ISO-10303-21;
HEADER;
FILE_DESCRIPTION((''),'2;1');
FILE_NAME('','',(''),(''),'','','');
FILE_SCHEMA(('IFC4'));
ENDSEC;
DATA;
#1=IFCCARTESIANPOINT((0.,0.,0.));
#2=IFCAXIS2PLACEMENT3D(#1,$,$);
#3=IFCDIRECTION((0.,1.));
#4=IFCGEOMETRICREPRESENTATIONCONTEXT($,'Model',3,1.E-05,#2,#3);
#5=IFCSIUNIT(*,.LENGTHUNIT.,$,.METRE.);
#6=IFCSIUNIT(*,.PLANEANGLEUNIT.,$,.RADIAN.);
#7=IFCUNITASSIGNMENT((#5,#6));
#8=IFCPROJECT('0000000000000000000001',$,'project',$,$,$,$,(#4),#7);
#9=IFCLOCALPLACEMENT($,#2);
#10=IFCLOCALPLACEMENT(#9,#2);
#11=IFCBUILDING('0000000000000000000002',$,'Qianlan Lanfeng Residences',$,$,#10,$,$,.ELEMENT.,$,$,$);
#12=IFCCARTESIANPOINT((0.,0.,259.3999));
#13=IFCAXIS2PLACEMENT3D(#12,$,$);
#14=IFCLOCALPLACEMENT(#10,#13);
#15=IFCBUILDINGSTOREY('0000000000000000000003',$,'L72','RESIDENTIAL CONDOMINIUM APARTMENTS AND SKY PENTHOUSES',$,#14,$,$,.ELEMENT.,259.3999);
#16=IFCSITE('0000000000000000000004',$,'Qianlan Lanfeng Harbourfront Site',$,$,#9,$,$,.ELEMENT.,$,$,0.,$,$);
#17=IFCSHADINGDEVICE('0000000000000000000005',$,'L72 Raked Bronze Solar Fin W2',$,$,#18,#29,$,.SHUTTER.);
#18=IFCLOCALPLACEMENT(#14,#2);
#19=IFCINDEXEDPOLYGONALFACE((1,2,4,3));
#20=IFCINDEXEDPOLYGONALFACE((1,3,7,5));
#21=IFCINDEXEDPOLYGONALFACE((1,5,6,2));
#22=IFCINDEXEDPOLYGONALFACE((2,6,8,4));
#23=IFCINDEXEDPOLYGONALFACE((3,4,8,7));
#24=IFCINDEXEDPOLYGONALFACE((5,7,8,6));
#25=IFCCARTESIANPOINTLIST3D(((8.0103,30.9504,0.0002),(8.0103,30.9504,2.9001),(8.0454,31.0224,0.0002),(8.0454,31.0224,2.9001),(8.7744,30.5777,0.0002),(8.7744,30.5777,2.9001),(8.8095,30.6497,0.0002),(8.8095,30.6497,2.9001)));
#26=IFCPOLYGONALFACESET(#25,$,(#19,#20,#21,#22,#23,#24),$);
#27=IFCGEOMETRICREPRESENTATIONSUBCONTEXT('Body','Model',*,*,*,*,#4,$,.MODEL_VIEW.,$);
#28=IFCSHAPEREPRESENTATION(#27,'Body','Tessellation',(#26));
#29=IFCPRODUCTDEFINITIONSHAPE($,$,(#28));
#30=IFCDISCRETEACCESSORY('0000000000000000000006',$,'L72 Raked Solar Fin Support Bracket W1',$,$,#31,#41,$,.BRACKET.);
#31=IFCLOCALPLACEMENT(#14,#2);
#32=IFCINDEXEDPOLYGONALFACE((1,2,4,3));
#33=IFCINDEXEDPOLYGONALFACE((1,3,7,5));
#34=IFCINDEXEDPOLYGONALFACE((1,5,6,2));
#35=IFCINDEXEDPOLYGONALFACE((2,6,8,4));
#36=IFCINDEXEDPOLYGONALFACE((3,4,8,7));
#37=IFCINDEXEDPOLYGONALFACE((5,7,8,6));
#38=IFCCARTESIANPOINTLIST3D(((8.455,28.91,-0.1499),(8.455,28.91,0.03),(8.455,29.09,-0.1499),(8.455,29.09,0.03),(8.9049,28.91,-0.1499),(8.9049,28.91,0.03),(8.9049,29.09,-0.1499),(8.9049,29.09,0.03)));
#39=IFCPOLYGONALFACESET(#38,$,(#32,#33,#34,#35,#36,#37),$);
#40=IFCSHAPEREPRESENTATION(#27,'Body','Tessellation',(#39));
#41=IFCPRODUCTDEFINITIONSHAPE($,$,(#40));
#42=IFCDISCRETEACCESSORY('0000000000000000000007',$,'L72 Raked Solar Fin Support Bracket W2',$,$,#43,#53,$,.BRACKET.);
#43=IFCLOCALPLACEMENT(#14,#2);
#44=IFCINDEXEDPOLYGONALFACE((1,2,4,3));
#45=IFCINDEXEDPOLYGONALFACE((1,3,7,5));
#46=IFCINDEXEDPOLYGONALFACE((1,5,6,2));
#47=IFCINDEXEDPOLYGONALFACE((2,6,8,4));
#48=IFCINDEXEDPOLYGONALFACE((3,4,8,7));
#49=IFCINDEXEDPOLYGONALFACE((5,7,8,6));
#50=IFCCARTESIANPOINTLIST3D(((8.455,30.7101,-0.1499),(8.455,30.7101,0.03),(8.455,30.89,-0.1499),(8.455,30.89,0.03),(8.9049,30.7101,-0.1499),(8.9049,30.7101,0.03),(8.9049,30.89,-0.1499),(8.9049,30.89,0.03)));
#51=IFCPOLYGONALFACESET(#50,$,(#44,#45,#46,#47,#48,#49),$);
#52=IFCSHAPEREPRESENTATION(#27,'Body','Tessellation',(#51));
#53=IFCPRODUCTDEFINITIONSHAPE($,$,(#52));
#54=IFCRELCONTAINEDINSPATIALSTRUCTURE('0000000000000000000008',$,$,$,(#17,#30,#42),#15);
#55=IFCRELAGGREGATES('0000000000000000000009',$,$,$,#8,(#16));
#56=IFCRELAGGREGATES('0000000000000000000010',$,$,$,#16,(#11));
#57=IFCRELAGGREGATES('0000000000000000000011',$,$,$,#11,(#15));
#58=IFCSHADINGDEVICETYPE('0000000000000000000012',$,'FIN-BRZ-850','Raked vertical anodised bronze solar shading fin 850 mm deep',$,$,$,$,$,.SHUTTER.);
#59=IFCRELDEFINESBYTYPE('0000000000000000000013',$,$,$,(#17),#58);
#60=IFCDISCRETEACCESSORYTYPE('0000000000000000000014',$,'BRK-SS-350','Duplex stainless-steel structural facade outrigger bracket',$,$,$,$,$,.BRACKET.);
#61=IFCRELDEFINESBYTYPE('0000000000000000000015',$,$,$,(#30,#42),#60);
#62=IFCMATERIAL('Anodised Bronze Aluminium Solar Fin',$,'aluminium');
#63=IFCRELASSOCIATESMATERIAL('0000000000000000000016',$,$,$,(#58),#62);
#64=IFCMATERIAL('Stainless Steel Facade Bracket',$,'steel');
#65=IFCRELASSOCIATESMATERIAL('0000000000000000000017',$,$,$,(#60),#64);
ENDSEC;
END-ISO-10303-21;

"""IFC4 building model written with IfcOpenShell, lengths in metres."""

from ifc_helpers import new_model, si_unit, direction, frame, origin, origin_2d, place, context, subcontext, project, spatial, rectangle, extrude, source, transform, mapped, material, type_object, element, save


model = new_model("IFC4")

# Units and contexts
model_context = context("Model", 3, precision=1e-05, world=origin(), true_north=direction((0.0, 1.0)))
body_context = subcontext(model_context, "Body", "Model", "MODEL_VIEW")
ifc_project = project(units=[si_unit("LENGTHUNIT", "METRE"), si_unit("PLANEANGLEUNIT", "RADIAN")], contexts=[model_context])

# Site, building, storey
site_placement = place(None, origin())
site = spatial("IfcSite", under=ifc_project, at=site_placement, Name="Qianlan Lanfeng Harbourfront Site", CompositionType="ELEMENT", RefElevation=0.0)
building_placement = place(site_placement, origin())
building = spatial("IfcBuilding", under=site, at=building_placement, Name="Qianlan Lanfeng Residences", CompositionType="ELEMENT")
storey_placement = place(building_placement, frame((0.0, 0.0, 259.3999)))
storey = spatial("IfcBuildingStorey", under=building, at=storey_placement, Name="L72", Description="RESIDENTIAL CONDOMINIUM APARTMENTS AND SKY PENTHOUSES", CompositionType="ELEMENT", Elevation=259.3999)

# Shading device
ifc_material_1 = material(Name="Anodised Bronze Aluminium Solar Fin", Category="aluminium")
shading_device_type = type_object("IfcShadingDeviceType", Name="FIN-BRZ-850", Description="Raked vertical anodised bronze solar shading fin 850 mm deep", PredefinedType="SHUTTER", material=ifc_material_1)
shared_shape_1 = source(origin(), body_context, "Body", "SweptSolid", [
    extrude(rectangle(XDim=0.8501, YDim=0.0801, at=origin_2d()), origin(), (0.0, 0.0, 1.0), 2.8999),
])
for number, where, z_axis, x_axis, name in (
    (1, (8.4099, 30.8, 0.0002), (0.0, 0.0, 1.0), (0.898794, -0.438371, 0.0), "L72 Raked Bronze Solar Fin W2"),
):
    element("IfcShadingDevice", number, at=place(storey_placement, frame(where, z_axis=z_axis, x_axis=x_axis)), inside=storey, type_object=shading_device_type, Name=name, PredefinedType="SHUTTER", context=body_context, shape_type="MappedRepresentation", body=[
        mapped(shared_shape_1, transform((0.0, 0.0, 0.0), scale=1.0)),
    ])

# Discrete accessories
ifc_material_2 = material(Name="Stainless Steel Facade Bracket", Category="steel")
discrete_accessory_type = type_object("IfcDiscreteAccessoryType", Name="BRK-SS-350", Description="Duplex stainless-steel structural facade outrigger bracket", PredefinedType="BRACKET", material=ifc_material_2)
shared_shape_2 = source(origin(), body_context, "Body", "SweptSolid", [
    extrude(rectangle(XDim=0.45, YDim=0.1799, at=origin_2d()), origin(), (0.0, 0.0, 1.0), 0.1799),
])
for number, where, z_axis, x_axis, name in (
    (2, (8.6799, 29.0, -0.1499), (0.0, 0.0, 1.0), (1.0, 0.0, 0.0), "L72 Raked Solar Fin Support Bracket W1"),
    (3, (8.6799, 30.8, -0.1499), (0.0, 0.0, 1.0), (1.0, 0.0, 0.0), "L72 Raked Solar Fin Support Bracket W2"),
):
    element("IfcDiscreteAccessory", number, at=place(storey_placement, frame(where, z_axis=z_axis, x_axis=x_axis)), inside=storey, type_object=discrete_accessory_type, Name=name, PredefinedType="BRACKET", context=body_context, shape_type="MappedRepresentation", body=[
        mapped(shared_shape_2, transform((0.0, 0.0, 0.0), scale=1.0)),
    ])

save(model, "model.ifc")
